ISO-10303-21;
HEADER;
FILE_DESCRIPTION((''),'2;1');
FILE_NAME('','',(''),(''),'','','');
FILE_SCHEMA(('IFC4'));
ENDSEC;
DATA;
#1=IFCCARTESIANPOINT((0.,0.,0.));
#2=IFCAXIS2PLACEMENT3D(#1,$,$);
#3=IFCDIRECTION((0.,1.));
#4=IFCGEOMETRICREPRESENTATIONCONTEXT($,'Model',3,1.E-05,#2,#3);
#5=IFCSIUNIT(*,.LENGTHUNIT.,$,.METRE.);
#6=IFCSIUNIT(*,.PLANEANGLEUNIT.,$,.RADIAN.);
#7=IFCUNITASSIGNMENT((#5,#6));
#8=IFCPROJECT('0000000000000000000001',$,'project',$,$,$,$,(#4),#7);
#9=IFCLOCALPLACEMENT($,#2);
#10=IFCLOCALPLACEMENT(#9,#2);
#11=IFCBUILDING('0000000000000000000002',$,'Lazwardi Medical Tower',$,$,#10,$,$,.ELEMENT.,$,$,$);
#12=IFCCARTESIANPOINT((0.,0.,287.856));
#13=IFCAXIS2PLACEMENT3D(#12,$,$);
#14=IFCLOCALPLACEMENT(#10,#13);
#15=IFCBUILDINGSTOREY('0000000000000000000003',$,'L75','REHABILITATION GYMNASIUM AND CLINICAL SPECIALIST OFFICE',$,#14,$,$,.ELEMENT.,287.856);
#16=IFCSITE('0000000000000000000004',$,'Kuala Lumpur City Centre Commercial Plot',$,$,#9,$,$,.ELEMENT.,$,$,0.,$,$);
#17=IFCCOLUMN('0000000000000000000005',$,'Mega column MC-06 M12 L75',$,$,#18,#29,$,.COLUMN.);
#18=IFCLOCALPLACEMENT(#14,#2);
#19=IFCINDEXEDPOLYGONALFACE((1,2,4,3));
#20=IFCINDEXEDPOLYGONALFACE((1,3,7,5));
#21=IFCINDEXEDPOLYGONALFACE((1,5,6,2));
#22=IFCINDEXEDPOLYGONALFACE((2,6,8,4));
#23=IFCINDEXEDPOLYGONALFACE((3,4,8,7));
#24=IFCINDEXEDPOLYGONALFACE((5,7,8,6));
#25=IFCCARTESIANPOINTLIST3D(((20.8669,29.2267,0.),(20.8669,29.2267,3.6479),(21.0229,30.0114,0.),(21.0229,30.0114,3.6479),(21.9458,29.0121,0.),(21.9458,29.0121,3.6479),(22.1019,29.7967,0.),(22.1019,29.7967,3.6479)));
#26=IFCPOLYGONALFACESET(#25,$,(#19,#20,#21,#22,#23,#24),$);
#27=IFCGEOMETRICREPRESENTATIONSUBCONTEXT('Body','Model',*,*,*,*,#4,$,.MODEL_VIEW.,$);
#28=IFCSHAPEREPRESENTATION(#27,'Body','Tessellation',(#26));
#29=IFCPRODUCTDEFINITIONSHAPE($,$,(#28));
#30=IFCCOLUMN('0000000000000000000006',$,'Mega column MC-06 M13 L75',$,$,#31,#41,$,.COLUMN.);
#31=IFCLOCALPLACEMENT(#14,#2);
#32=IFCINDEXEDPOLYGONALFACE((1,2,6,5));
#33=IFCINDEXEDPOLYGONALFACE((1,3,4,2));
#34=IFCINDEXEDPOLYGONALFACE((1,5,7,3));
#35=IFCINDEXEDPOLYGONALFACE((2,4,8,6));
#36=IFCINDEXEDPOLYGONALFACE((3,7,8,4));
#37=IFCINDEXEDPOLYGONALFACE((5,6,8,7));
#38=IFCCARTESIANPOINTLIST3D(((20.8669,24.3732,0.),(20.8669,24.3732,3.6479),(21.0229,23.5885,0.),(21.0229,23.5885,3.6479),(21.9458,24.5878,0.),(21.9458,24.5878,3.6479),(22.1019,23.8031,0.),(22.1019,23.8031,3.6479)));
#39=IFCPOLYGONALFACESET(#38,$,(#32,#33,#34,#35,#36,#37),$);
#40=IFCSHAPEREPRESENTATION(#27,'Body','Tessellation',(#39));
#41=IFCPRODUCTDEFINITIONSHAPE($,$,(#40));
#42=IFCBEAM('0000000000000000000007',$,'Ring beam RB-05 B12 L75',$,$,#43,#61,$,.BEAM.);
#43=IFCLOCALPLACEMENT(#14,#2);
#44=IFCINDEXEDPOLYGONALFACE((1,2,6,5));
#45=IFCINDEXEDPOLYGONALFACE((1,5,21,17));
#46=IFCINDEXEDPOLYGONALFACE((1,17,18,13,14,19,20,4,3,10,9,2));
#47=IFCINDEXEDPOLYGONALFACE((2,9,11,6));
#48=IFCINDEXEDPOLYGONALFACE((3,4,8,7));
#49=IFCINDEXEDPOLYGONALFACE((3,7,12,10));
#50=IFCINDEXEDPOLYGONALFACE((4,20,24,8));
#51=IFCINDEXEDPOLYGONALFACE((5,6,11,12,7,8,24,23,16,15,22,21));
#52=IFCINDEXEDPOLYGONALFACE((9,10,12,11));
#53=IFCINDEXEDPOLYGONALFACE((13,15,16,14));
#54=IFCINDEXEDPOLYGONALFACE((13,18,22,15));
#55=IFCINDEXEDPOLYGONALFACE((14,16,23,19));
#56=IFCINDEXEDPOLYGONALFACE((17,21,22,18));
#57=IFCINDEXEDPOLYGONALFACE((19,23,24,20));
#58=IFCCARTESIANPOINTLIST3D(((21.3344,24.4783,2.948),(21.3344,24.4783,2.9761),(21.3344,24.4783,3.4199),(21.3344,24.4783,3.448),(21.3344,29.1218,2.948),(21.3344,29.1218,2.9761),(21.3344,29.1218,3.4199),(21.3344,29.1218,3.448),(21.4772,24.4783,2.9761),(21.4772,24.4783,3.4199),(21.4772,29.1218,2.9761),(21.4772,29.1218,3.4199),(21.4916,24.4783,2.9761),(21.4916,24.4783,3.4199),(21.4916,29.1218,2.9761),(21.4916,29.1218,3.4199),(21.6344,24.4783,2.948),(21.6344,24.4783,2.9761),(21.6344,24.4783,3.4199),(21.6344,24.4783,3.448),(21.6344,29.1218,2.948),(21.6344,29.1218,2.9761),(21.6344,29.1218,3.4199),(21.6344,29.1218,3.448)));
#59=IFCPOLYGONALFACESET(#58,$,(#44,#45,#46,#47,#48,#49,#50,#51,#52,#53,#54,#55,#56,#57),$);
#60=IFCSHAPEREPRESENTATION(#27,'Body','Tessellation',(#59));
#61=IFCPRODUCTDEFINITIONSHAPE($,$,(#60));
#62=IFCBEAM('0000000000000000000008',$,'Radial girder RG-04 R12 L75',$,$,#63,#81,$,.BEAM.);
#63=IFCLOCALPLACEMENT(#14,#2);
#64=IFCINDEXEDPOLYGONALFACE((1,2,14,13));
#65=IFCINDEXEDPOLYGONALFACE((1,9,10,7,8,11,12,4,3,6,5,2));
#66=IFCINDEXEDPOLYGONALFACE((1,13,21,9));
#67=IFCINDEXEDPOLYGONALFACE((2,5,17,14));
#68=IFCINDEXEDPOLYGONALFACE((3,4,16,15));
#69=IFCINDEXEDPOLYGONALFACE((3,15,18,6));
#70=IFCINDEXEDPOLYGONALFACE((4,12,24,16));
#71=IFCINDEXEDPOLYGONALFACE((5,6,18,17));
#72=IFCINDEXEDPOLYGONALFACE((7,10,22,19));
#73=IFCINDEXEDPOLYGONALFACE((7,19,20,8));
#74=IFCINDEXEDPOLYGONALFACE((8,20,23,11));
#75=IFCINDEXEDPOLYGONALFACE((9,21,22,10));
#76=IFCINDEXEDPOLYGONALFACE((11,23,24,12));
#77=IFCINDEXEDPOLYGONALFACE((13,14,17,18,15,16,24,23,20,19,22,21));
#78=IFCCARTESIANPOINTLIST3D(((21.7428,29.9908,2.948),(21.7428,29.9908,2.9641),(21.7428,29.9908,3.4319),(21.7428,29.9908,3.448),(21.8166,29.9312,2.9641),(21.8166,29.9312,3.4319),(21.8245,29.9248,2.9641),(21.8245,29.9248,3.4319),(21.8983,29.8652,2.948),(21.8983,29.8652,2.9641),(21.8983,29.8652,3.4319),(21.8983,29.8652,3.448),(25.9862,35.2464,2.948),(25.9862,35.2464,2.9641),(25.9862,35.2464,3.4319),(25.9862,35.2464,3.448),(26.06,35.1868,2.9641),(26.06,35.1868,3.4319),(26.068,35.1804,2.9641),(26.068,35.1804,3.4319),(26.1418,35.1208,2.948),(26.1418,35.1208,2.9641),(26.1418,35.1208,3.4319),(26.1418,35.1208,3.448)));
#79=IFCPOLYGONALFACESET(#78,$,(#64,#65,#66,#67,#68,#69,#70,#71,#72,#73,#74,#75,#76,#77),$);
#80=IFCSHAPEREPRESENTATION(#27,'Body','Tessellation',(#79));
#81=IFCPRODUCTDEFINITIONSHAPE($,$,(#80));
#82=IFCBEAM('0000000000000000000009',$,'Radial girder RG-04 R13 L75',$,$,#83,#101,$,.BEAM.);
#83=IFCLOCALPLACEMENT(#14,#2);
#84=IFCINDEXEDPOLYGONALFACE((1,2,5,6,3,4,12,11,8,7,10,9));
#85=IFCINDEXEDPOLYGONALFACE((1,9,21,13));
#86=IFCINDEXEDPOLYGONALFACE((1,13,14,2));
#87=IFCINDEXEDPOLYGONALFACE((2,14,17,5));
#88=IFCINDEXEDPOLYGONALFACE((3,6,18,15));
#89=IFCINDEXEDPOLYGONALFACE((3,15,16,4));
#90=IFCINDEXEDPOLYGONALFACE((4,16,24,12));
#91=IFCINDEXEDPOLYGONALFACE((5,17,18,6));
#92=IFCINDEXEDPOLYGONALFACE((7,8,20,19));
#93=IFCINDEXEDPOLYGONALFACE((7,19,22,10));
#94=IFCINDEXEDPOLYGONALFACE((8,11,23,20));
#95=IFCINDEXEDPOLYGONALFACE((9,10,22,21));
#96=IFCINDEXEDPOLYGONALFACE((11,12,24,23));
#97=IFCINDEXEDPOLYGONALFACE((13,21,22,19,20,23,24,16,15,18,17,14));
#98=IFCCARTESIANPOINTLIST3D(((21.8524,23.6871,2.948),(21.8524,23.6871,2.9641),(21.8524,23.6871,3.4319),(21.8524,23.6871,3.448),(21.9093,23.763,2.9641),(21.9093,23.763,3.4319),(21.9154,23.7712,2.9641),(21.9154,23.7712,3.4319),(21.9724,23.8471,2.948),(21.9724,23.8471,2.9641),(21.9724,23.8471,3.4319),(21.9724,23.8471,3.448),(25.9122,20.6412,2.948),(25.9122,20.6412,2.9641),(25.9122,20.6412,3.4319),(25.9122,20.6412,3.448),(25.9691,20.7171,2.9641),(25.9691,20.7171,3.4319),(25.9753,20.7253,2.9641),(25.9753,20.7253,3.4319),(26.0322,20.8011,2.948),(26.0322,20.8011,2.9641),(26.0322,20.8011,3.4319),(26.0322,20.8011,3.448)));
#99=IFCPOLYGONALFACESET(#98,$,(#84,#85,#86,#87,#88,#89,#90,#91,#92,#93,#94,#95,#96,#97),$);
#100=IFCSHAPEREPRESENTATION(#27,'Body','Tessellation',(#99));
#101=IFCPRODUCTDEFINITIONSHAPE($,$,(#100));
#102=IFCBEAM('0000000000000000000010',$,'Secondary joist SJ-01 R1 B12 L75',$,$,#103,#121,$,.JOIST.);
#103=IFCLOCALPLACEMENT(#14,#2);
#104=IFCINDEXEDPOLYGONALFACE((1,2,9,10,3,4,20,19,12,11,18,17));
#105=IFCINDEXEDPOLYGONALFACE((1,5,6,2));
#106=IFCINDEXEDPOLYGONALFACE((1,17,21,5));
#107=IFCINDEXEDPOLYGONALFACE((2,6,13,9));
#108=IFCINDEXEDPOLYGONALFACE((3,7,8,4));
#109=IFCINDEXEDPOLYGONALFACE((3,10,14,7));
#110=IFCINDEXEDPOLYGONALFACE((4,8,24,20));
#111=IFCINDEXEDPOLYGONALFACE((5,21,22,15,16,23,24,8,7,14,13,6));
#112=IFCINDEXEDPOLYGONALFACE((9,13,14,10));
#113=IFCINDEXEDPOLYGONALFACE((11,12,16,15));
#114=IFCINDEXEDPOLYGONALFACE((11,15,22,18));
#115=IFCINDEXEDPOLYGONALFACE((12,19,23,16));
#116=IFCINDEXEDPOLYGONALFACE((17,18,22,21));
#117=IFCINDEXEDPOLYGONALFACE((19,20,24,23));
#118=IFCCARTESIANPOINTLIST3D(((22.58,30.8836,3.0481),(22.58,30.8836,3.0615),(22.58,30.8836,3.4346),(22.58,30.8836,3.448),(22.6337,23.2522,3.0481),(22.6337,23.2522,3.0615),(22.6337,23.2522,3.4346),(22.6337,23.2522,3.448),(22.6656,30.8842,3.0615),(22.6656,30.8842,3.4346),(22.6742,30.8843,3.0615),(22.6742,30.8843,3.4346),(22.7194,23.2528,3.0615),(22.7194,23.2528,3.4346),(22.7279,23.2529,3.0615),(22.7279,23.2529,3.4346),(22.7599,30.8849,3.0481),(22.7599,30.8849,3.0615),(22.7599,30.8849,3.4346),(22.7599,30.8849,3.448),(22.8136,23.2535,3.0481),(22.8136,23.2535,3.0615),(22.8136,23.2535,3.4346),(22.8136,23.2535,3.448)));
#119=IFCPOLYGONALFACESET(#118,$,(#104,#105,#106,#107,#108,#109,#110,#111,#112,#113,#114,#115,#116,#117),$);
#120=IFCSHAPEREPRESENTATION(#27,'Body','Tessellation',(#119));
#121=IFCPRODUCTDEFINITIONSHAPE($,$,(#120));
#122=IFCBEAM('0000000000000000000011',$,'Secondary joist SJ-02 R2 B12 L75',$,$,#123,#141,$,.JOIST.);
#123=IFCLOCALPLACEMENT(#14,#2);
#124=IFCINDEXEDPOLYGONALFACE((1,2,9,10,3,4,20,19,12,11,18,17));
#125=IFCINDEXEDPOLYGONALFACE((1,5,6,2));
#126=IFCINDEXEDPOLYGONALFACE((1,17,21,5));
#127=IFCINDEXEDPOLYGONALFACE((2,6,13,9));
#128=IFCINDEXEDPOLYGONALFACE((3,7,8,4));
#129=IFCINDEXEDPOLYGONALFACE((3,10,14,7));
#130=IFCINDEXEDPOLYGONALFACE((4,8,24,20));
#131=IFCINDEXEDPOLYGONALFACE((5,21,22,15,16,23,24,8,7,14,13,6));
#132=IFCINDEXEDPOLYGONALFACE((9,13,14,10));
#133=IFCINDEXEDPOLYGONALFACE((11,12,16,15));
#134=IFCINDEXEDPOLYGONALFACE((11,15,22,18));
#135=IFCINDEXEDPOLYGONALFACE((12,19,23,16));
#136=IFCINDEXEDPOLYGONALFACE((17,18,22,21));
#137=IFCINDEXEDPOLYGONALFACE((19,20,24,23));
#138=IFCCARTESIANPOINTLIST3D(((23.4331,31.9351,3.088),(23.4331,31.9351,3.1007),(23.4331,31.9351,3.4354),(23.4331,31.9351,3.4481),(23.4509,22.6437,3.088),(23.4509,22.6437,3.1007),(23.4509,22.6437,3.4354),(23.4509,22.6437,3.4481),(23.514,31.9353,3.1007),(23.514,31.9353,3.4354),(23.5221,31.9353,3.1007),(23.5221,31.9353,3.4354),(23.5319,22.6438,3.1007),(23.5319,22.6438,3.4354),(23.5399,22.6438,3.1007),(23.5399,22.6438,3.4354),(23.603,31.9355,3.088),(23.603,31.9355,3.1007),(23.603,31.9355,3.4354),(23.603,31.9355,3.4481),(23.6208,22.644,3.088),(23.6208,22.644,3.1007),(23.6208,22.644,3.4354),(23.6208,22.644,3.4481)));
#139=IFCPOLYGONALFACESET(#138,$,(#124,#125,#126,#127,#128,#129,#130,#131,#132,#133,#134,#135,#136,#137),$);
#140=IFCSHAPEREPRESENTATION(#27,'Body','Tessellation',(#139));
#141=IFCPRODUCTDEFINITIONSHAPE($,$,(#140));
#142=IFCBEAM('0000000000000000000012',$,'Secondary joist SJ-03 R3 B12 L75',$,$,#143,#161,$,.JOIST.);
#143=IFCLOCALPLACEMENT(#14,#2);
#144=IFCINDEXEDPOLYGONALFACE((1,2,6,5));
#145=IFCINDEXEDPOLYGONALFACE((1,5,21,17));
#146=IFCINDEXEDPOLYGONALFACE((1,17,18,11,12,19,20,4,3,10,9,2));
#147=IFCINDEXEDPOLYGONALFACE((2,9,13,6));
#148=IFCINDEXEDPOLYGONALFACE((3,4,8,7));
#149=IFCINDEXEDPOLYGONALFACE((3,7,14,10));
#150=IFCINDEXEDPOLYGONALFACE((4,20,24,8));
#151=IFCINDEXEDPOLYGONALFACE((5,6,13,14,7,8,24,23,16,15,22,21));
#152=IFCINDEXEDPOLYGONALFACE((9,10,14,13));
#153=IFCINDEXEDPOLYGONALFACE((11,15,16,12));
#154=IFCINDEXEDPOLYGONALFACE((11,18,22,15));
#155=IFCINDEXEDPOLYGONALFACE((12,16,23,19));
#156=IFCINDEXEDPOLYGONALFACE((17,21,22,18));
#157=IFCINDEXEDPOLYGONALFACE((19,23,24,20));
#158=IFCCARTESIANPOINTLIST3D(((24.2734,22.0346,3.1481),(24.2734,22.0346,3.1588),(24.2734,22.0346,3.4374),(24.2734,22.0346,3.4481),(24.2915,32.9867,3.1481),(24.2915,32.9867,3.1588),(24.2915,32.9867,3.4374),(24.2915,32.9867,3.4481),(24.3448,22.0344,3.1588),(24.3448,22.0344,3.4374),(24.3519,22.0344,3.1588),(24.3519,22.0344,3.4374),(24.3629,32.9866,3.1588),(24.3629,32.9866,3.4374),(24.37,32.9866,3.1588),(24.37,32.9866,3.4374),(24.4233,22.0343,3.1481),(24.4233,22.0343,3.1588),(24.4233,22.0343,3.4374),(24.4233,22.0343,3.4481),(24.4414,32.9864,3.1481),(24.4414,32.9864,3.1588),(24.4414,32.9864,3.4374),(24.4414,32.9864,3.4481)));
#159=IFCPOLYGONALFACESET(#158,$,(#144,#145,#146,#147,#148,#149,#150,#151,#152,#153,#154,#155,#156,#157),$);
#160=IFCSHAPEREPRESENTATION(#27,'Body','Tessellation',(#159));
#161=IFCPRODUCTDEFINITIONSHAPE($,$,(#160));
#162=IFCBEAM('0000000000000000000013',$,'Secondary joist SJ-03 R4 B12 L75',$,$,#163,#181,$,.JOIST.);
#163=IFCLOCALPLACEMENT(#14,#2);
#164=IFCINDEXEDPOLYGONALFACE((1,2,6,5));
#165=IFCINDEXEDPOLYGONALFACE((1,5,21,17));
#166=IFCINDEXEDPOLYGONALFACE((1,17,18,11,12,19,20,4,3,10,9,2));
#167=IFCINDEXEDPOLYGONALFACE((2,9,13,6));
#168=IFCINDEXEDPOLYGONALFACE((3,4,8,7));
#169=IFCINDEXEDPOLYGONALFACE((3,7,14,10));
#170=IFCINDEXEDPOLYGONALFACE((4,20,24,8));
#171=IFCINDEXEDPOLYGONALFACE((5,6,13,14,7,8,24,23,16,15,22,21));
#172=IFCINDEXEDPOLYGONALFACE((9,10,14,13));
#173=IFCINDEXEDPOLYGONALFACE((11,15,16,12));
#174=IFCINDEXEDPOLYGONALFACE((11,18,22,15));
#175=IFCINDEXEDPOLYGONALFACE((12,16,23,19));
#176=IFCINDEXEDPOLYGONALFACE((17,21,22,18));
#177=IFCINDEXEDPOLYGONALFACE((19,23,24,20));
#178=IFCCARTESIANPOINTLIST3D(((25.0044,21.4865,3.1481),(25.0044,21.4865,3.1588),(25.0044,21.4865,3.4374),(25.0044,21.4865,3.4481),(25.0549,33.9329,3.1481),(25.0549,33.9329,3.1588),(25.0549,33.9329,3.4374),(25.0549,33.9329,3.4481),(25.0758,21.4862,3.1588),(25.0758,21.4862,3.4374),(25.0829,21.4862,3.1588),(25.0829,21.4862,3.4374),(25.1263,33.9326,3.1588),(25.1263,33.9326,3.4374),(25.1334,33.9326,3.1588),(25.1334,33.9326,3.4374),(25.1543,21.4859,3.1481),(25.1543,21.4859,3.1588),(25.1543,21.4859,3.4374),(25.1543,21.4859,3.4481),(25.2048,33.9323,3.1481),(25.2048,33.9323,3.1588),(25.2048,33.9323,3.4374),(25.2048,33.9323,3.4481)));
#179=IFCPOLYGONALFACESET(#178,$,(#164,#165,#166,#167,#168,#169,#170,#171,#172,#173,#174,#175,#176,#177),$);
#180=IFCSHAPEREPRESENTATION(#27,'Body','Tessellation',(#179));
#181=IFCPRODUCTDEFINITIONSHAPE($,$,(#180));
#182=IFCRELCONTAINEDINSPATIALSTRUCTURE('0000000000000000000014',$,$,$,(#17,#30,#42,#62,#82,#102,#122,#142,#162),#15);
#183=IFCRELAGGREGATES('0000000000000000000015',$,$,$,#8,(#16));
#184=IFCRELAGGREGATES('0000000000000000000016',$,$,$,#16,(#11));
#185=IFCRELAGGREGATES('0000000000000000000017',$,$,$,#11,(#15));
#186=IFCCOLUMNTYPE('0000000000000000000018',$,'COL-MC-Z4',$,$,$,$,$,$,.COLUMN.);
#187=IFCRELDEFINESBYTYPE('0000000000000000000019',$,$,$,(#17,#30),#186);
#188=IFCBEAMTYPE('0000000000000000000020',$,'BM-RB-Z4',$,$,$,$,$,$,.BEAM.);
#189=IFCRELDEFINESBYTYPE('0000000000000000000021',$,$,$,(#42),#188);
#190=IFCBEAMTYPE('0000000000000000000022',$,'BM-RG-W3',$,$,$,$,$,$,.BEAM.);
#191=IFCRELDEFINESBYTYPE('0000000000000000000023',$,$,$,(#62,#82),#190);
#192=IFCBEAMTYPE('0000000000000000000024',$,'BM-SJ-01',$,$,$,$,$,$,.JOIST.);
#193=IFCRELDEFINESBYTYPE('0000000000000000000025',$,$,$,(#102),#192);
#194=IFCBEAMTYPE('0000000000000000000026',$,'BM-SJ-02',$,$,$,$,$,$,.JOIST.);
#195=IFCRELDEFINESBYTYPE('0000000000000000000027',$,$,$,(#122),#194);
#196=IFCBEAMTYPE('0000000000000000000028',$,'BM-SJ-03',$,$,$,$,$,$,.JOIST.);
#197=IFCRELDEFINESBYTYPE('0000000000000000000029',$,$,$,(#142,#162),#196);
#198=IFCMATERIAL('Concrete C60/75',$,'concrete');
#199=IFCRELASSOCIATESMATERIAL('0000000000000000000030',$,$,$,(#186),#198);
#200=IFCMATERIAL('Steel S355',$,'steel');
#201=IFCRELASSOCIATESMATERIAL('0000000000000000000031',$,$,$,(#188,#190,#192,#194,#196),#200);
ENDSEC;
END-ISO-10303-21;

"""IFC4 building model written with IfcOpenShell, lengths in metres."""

from ifc_helpers import new_model, si_unit, direction, frame, origin, origin_2d, place, context, subcontext, project, spatial, rectangle, i_section, extrude, material, material_profile, profile_set, type_object, element, save


model = new_model("IFC4")

# Units and contexts
model_context = context("Model", 3, precision=1e-05, world=origin(), true_north=direction((0.0, 1.0)))
body_context = subcontext(model_context, "Body", "Model", "MODEL_VIEW")
ifc_project = project(units=[si_unit("LENGTHUNIT", "METRE"), si_unit("PLANEANGLEUNIT", "RADIAN")], contexts=[model_context])

# Site, building, storey
site_placement = place(None, origin())
site = spatial("IfcSite", under=ifc_project, at=site_placement, Name="Kuala Lumpur City Centre Commercial Plot", CompositionType="ELEMENT", RefElevation=0.0)
building_placement = place(site_placement, origin())
building = spatial("IfcBuilding", under=site, at=building_placement, Name="Lazwardi Medical Tower", CompositionType="ELEMENT")
storey_placement = place(building_placement, frame((0.0, 0.0, 287.856)))
storey = spatial("IfcBuildingStorey", under=building, at=storey_placement, Name="L75", Description="REHABILITATION GYMNASIUM AND CLINICAL SPECIALIST OFFICE", CompositionType="ELEMENT", Elevation=287.856)

# Columns
ifc_material_1 = material(Name="Concrete C60/75", Category="concrete")
ifc_material_profile_1 = material_profile(ifc_material_1, rectangle(XDim=1.1001, YDim=0.8, at=origin_2d()), Name="CFT-RECT 1100x800")
ifc_profile_set_1 = profile_set([ifc_material_profile_1], Name="Concrete C60/75")
column_type = type_object("IfcColumnType", Name="COL-MC-Z4", PredefinedType="COLUMN", material=ifc_profile_set_1)
for number, where, z_axis, x_axis, name in (
    (1, (21.4844, 29.5117, 0.0), (0.0, 0.0, 1.0), (-0.980785, 0.19509, 0.0), "Mega column MC-06 M12 L75"),
    (2, (21.4844, 24.0881, 0.0), (0.0, 0.0, 1.0), (-0.980785, -0.19509, 0.0), "Mega column MC-06 M13 L75"),
):
    element("IfcColumn", number, at=place(storey_placement, frame(where, z_axis=z_axis, x_axis=x_axis)), inside=storey, type_object=column_type, Name=name, PredefinedType="COLUMN", context=body_context, shape_type="SweptSolid", body=[
        extrude(rectangle(XDim=1.1001, YDim=0.8, at=origin_2d()), origin(), (0.0, 0.0, 1.0), 3.6479),
    ])

# Beams
ifc_material_2 = material(Name="Steel S355", Category="steel")
ifc_material_profile_2 = material_profile(ifc_material_2, i_section(OverallWidth=0.3, OverallDepth=0.5, WebThickness=0.0144, FlangeThickness=0.0281, at=origin_2d()), Name="HEB 500")
ifc_profile_set_2 = profile_set([ifc_material_profile_2], Name="Steel S355")
beam_type_1 = type_object("IfcBeamType", Name="BM-RB-Z4", PredefinedType="BEAM", material=ifc_profile_set_2)
beam_1_placement = place(storey_placement, frame((21.4844, 29.1218, 3.198), z_axis=(0.0, -1.0, 0.0), x_axis=(1.0, 0.0, 0.0)))
element("IfcBeam", 3, at=beam_1_placement, inside=storey, type_object=beam_type_1, Name="Ring beam RB-05 B12 L75", PredefinedType="BEAM", context=body_context, shape_type="SweptSolid", body=[
    extrude(i_section(OverallWidth=0.3, OverallDepth=0.5, WebThickness=0.0144, FlangeThickness=0.0281, at=origin_2d()), origin(), (0.0, 0.0, 1.0), 4.6436),
])
ifc_material_profile_3 = material_profile(ifc_material_2, i_section(OverallWidth=0.2, OverallDepth=0.5, WebThickness=0.0103, FlangeThickness=0.0161, at=origin_2d()), Name="IPE 500")
ifc_profile_set_3 = profile_set([ifc_material_profile_3], Name="Steel S355")
beam_type_2 = type_object("IfcBeamType", Name="BM-RG-W3", PredefinedType="BEAM", material=ifc_profile_set_3)
beam_2_placement = place(storey_placement, frame((21.8206, 29.928, 3.198), z_axis=(0.628202, 0.778051, 0.0), x_axis=(-0.778051, 0.628202, 0.0)))
element("IfcBeam", 4, at=beam_2_placement, inside=storey, type_object=beam_type_2, Name="Radial girder RG-04 R12 L75", PredefinedType="BEAM", context=body_context, shape_type="SweptSolid", body=[
    extrude(i_section(OverallWidth=0.2, OverallDepth=0.5, WebThickness=0.0103, FlangeThickness=0.0161, at=origin_2d()), origin(), (0.0, 0.0, 1.0), 6.7549),
])
beam_3_placement = place(storey_placement, frame((21.9124, 23.7671, 3.198), z_axis=(0.799902, -0.600131, 0.0), x_axis=(0.600131, 0.799902, 0.0)))
element("IfcBeam", 5, at=beam_3_placement, inside=storey, type_object=beam_type_2, Name="Radial girder RG-04 R13 L75", PredefinedType="BEAM", context=body_context, shape_type="SweptSolid", body=[
    extrude(i_section(OverallWidth=0.2, OverallDepth=0.5, WebThickness=0.0103, FlangeThickness=0.0161, at=origin_2d()), origin(), (0.0, 0.0, 1.0), 5.0754),
])
ifc_material_profile_4 = material_profile(ifc_material_2, i_section(OverallWidth=0.1799, OverallDepth=0.3999, WebThickness=0.0085, FlangeThickness=0.0134, at=origin_2d()), Name="IPE 400")
ifc_profile_set_4 = profile_set([ifc_material_profile_4], Name="Steel S355")
beam_type_3 = type_object("IfcBeamType", Name="BM-SJ-01", PredefinedType="JOIST", material=ifc_profile_set_4)
beam_4_placement = place(storey_placement, frame((22.6699, 30.8843, 3.248), z_axis=(0.007038, -0.999975, 0.0), x_axis=(0.999975, 0.007038, 0.0)))
element("IfcBeam", 6, at=beam_4_placement, inside=storey, type_object=beam_type_3, Name="Secondary joist SJ-01 R1 B12 L75", PredefinedType="JOIST", context=body_context, shape_type="SweptSolid", body=[
    extrude(i_section(OverallWidth=0.1799, OverallDepth=0.3999, WebThickness=0.0085, FlangeThickness=0.0134, at=origin_2d()), origin(), (0.0, 0.0, 1.0), 7.6316),
])
ifc_material_profile_5 = material_profile(ifc_material_2, i_section(OverallWidth=0.1699, OverallDepth=0.3601, WebThickness=0.0081, FlangeThickness=0.0127, at=origin_2d()), Name="IPE 360")
ifc_profile_set_5 = profile_set([ifc_material_profile_5], Name="Steel S355")
beam_type_4 = type_object("IfcBeamType", Name="BM-SJ-02", PredefinedType="JOIST", material=ifc_profile_set_5)
beam_5_placement = place(storey_placement, frame((23.5181, 31.9353, 3.2681), z_axis=(0.001918, -0.999998, 0.0), x_axis=(0.999998, 0.001918, 0.0)))
element("IfcBeam", 7, at=beam_5_placement, inside=storey, type_object=beam_type_4, Name="Secondary joist SJ-02 R2 B12 L75", PredefinedType="JOIST", context=body_context, shape_type="SweptSolid", body=[
    extrude(i_section(OverallWidth=0.1699, OverallDepth=0.3601, WebThickness=0.0081, FlangeThickness=0.0127, at=origin_2d()), origin(), (0.0, 0.0, 1.0), 9.2915),
])
ifc_material_profile_6 = material_profile(ifc_material_2, i_section(OverallWidth=0.1499, OverallDepth=0.3, WebThickness=0.0071, FlangeThickness=0.0107, at=origin_2d()), Name="IPE 300")
ifc_profile_set_6 = profile_set([ifc_material_profile_6], Name="Steel S355")
beam_type_5 = type_object("IfcBeamType", Name="BM-SJ-03", PredefinedType="JOIST", material=ifc_profile_set_6)
beam_6_placement = place(storey_placement, frame((24.3665, 32.9866, 3.2981), z_axis=(-0.00165, -0.999999, 0.0), x_axis=(0.999999, -0.00165, 0.0)))
element("IfcBeam", 8, at=beam_6_placement, inside=storey, type_object=beam_type_5, Name="Secondary joist SJ-03 R3 B12 L75", PredefinedType="JOIST", context=body_context, shape_type="SweptSolid", body=[
    extrude(i_section(OverallWidth=0.1499, OverallDepth=0.3, WebThickness=0.0071, FlangeThickness=0.0107, at=origin_2d()), origin(), (0.0, 0.0, 1.0), 10.9521),
])
beam_7_placement = place(storey_placement, frame((25.1299, 33.9326, 3.2981), z_axis=(-0.00406, -0.999992, 0.0), x_axis=(0.999992, -0.00406, 0.0)))
element("IfcBeam", 9, at=beam_7_placement, inside=storey, type_object=beam_type_5, Name="Secondary joist SJ-03 R4 B12 L75", PredefinedType="JOIST", context=body_context, shape_type="SweptSolid", body=[
    extrude(i_section(OverallWidth=0.1499, OverallDepth=0.3, WebThickness=0.0071, FlangeThickness=0.0107, at=origin_2d()), origin(), (0.0, 0.0, 1.0), 12.4465),
])

save(model, "model.ifc")
